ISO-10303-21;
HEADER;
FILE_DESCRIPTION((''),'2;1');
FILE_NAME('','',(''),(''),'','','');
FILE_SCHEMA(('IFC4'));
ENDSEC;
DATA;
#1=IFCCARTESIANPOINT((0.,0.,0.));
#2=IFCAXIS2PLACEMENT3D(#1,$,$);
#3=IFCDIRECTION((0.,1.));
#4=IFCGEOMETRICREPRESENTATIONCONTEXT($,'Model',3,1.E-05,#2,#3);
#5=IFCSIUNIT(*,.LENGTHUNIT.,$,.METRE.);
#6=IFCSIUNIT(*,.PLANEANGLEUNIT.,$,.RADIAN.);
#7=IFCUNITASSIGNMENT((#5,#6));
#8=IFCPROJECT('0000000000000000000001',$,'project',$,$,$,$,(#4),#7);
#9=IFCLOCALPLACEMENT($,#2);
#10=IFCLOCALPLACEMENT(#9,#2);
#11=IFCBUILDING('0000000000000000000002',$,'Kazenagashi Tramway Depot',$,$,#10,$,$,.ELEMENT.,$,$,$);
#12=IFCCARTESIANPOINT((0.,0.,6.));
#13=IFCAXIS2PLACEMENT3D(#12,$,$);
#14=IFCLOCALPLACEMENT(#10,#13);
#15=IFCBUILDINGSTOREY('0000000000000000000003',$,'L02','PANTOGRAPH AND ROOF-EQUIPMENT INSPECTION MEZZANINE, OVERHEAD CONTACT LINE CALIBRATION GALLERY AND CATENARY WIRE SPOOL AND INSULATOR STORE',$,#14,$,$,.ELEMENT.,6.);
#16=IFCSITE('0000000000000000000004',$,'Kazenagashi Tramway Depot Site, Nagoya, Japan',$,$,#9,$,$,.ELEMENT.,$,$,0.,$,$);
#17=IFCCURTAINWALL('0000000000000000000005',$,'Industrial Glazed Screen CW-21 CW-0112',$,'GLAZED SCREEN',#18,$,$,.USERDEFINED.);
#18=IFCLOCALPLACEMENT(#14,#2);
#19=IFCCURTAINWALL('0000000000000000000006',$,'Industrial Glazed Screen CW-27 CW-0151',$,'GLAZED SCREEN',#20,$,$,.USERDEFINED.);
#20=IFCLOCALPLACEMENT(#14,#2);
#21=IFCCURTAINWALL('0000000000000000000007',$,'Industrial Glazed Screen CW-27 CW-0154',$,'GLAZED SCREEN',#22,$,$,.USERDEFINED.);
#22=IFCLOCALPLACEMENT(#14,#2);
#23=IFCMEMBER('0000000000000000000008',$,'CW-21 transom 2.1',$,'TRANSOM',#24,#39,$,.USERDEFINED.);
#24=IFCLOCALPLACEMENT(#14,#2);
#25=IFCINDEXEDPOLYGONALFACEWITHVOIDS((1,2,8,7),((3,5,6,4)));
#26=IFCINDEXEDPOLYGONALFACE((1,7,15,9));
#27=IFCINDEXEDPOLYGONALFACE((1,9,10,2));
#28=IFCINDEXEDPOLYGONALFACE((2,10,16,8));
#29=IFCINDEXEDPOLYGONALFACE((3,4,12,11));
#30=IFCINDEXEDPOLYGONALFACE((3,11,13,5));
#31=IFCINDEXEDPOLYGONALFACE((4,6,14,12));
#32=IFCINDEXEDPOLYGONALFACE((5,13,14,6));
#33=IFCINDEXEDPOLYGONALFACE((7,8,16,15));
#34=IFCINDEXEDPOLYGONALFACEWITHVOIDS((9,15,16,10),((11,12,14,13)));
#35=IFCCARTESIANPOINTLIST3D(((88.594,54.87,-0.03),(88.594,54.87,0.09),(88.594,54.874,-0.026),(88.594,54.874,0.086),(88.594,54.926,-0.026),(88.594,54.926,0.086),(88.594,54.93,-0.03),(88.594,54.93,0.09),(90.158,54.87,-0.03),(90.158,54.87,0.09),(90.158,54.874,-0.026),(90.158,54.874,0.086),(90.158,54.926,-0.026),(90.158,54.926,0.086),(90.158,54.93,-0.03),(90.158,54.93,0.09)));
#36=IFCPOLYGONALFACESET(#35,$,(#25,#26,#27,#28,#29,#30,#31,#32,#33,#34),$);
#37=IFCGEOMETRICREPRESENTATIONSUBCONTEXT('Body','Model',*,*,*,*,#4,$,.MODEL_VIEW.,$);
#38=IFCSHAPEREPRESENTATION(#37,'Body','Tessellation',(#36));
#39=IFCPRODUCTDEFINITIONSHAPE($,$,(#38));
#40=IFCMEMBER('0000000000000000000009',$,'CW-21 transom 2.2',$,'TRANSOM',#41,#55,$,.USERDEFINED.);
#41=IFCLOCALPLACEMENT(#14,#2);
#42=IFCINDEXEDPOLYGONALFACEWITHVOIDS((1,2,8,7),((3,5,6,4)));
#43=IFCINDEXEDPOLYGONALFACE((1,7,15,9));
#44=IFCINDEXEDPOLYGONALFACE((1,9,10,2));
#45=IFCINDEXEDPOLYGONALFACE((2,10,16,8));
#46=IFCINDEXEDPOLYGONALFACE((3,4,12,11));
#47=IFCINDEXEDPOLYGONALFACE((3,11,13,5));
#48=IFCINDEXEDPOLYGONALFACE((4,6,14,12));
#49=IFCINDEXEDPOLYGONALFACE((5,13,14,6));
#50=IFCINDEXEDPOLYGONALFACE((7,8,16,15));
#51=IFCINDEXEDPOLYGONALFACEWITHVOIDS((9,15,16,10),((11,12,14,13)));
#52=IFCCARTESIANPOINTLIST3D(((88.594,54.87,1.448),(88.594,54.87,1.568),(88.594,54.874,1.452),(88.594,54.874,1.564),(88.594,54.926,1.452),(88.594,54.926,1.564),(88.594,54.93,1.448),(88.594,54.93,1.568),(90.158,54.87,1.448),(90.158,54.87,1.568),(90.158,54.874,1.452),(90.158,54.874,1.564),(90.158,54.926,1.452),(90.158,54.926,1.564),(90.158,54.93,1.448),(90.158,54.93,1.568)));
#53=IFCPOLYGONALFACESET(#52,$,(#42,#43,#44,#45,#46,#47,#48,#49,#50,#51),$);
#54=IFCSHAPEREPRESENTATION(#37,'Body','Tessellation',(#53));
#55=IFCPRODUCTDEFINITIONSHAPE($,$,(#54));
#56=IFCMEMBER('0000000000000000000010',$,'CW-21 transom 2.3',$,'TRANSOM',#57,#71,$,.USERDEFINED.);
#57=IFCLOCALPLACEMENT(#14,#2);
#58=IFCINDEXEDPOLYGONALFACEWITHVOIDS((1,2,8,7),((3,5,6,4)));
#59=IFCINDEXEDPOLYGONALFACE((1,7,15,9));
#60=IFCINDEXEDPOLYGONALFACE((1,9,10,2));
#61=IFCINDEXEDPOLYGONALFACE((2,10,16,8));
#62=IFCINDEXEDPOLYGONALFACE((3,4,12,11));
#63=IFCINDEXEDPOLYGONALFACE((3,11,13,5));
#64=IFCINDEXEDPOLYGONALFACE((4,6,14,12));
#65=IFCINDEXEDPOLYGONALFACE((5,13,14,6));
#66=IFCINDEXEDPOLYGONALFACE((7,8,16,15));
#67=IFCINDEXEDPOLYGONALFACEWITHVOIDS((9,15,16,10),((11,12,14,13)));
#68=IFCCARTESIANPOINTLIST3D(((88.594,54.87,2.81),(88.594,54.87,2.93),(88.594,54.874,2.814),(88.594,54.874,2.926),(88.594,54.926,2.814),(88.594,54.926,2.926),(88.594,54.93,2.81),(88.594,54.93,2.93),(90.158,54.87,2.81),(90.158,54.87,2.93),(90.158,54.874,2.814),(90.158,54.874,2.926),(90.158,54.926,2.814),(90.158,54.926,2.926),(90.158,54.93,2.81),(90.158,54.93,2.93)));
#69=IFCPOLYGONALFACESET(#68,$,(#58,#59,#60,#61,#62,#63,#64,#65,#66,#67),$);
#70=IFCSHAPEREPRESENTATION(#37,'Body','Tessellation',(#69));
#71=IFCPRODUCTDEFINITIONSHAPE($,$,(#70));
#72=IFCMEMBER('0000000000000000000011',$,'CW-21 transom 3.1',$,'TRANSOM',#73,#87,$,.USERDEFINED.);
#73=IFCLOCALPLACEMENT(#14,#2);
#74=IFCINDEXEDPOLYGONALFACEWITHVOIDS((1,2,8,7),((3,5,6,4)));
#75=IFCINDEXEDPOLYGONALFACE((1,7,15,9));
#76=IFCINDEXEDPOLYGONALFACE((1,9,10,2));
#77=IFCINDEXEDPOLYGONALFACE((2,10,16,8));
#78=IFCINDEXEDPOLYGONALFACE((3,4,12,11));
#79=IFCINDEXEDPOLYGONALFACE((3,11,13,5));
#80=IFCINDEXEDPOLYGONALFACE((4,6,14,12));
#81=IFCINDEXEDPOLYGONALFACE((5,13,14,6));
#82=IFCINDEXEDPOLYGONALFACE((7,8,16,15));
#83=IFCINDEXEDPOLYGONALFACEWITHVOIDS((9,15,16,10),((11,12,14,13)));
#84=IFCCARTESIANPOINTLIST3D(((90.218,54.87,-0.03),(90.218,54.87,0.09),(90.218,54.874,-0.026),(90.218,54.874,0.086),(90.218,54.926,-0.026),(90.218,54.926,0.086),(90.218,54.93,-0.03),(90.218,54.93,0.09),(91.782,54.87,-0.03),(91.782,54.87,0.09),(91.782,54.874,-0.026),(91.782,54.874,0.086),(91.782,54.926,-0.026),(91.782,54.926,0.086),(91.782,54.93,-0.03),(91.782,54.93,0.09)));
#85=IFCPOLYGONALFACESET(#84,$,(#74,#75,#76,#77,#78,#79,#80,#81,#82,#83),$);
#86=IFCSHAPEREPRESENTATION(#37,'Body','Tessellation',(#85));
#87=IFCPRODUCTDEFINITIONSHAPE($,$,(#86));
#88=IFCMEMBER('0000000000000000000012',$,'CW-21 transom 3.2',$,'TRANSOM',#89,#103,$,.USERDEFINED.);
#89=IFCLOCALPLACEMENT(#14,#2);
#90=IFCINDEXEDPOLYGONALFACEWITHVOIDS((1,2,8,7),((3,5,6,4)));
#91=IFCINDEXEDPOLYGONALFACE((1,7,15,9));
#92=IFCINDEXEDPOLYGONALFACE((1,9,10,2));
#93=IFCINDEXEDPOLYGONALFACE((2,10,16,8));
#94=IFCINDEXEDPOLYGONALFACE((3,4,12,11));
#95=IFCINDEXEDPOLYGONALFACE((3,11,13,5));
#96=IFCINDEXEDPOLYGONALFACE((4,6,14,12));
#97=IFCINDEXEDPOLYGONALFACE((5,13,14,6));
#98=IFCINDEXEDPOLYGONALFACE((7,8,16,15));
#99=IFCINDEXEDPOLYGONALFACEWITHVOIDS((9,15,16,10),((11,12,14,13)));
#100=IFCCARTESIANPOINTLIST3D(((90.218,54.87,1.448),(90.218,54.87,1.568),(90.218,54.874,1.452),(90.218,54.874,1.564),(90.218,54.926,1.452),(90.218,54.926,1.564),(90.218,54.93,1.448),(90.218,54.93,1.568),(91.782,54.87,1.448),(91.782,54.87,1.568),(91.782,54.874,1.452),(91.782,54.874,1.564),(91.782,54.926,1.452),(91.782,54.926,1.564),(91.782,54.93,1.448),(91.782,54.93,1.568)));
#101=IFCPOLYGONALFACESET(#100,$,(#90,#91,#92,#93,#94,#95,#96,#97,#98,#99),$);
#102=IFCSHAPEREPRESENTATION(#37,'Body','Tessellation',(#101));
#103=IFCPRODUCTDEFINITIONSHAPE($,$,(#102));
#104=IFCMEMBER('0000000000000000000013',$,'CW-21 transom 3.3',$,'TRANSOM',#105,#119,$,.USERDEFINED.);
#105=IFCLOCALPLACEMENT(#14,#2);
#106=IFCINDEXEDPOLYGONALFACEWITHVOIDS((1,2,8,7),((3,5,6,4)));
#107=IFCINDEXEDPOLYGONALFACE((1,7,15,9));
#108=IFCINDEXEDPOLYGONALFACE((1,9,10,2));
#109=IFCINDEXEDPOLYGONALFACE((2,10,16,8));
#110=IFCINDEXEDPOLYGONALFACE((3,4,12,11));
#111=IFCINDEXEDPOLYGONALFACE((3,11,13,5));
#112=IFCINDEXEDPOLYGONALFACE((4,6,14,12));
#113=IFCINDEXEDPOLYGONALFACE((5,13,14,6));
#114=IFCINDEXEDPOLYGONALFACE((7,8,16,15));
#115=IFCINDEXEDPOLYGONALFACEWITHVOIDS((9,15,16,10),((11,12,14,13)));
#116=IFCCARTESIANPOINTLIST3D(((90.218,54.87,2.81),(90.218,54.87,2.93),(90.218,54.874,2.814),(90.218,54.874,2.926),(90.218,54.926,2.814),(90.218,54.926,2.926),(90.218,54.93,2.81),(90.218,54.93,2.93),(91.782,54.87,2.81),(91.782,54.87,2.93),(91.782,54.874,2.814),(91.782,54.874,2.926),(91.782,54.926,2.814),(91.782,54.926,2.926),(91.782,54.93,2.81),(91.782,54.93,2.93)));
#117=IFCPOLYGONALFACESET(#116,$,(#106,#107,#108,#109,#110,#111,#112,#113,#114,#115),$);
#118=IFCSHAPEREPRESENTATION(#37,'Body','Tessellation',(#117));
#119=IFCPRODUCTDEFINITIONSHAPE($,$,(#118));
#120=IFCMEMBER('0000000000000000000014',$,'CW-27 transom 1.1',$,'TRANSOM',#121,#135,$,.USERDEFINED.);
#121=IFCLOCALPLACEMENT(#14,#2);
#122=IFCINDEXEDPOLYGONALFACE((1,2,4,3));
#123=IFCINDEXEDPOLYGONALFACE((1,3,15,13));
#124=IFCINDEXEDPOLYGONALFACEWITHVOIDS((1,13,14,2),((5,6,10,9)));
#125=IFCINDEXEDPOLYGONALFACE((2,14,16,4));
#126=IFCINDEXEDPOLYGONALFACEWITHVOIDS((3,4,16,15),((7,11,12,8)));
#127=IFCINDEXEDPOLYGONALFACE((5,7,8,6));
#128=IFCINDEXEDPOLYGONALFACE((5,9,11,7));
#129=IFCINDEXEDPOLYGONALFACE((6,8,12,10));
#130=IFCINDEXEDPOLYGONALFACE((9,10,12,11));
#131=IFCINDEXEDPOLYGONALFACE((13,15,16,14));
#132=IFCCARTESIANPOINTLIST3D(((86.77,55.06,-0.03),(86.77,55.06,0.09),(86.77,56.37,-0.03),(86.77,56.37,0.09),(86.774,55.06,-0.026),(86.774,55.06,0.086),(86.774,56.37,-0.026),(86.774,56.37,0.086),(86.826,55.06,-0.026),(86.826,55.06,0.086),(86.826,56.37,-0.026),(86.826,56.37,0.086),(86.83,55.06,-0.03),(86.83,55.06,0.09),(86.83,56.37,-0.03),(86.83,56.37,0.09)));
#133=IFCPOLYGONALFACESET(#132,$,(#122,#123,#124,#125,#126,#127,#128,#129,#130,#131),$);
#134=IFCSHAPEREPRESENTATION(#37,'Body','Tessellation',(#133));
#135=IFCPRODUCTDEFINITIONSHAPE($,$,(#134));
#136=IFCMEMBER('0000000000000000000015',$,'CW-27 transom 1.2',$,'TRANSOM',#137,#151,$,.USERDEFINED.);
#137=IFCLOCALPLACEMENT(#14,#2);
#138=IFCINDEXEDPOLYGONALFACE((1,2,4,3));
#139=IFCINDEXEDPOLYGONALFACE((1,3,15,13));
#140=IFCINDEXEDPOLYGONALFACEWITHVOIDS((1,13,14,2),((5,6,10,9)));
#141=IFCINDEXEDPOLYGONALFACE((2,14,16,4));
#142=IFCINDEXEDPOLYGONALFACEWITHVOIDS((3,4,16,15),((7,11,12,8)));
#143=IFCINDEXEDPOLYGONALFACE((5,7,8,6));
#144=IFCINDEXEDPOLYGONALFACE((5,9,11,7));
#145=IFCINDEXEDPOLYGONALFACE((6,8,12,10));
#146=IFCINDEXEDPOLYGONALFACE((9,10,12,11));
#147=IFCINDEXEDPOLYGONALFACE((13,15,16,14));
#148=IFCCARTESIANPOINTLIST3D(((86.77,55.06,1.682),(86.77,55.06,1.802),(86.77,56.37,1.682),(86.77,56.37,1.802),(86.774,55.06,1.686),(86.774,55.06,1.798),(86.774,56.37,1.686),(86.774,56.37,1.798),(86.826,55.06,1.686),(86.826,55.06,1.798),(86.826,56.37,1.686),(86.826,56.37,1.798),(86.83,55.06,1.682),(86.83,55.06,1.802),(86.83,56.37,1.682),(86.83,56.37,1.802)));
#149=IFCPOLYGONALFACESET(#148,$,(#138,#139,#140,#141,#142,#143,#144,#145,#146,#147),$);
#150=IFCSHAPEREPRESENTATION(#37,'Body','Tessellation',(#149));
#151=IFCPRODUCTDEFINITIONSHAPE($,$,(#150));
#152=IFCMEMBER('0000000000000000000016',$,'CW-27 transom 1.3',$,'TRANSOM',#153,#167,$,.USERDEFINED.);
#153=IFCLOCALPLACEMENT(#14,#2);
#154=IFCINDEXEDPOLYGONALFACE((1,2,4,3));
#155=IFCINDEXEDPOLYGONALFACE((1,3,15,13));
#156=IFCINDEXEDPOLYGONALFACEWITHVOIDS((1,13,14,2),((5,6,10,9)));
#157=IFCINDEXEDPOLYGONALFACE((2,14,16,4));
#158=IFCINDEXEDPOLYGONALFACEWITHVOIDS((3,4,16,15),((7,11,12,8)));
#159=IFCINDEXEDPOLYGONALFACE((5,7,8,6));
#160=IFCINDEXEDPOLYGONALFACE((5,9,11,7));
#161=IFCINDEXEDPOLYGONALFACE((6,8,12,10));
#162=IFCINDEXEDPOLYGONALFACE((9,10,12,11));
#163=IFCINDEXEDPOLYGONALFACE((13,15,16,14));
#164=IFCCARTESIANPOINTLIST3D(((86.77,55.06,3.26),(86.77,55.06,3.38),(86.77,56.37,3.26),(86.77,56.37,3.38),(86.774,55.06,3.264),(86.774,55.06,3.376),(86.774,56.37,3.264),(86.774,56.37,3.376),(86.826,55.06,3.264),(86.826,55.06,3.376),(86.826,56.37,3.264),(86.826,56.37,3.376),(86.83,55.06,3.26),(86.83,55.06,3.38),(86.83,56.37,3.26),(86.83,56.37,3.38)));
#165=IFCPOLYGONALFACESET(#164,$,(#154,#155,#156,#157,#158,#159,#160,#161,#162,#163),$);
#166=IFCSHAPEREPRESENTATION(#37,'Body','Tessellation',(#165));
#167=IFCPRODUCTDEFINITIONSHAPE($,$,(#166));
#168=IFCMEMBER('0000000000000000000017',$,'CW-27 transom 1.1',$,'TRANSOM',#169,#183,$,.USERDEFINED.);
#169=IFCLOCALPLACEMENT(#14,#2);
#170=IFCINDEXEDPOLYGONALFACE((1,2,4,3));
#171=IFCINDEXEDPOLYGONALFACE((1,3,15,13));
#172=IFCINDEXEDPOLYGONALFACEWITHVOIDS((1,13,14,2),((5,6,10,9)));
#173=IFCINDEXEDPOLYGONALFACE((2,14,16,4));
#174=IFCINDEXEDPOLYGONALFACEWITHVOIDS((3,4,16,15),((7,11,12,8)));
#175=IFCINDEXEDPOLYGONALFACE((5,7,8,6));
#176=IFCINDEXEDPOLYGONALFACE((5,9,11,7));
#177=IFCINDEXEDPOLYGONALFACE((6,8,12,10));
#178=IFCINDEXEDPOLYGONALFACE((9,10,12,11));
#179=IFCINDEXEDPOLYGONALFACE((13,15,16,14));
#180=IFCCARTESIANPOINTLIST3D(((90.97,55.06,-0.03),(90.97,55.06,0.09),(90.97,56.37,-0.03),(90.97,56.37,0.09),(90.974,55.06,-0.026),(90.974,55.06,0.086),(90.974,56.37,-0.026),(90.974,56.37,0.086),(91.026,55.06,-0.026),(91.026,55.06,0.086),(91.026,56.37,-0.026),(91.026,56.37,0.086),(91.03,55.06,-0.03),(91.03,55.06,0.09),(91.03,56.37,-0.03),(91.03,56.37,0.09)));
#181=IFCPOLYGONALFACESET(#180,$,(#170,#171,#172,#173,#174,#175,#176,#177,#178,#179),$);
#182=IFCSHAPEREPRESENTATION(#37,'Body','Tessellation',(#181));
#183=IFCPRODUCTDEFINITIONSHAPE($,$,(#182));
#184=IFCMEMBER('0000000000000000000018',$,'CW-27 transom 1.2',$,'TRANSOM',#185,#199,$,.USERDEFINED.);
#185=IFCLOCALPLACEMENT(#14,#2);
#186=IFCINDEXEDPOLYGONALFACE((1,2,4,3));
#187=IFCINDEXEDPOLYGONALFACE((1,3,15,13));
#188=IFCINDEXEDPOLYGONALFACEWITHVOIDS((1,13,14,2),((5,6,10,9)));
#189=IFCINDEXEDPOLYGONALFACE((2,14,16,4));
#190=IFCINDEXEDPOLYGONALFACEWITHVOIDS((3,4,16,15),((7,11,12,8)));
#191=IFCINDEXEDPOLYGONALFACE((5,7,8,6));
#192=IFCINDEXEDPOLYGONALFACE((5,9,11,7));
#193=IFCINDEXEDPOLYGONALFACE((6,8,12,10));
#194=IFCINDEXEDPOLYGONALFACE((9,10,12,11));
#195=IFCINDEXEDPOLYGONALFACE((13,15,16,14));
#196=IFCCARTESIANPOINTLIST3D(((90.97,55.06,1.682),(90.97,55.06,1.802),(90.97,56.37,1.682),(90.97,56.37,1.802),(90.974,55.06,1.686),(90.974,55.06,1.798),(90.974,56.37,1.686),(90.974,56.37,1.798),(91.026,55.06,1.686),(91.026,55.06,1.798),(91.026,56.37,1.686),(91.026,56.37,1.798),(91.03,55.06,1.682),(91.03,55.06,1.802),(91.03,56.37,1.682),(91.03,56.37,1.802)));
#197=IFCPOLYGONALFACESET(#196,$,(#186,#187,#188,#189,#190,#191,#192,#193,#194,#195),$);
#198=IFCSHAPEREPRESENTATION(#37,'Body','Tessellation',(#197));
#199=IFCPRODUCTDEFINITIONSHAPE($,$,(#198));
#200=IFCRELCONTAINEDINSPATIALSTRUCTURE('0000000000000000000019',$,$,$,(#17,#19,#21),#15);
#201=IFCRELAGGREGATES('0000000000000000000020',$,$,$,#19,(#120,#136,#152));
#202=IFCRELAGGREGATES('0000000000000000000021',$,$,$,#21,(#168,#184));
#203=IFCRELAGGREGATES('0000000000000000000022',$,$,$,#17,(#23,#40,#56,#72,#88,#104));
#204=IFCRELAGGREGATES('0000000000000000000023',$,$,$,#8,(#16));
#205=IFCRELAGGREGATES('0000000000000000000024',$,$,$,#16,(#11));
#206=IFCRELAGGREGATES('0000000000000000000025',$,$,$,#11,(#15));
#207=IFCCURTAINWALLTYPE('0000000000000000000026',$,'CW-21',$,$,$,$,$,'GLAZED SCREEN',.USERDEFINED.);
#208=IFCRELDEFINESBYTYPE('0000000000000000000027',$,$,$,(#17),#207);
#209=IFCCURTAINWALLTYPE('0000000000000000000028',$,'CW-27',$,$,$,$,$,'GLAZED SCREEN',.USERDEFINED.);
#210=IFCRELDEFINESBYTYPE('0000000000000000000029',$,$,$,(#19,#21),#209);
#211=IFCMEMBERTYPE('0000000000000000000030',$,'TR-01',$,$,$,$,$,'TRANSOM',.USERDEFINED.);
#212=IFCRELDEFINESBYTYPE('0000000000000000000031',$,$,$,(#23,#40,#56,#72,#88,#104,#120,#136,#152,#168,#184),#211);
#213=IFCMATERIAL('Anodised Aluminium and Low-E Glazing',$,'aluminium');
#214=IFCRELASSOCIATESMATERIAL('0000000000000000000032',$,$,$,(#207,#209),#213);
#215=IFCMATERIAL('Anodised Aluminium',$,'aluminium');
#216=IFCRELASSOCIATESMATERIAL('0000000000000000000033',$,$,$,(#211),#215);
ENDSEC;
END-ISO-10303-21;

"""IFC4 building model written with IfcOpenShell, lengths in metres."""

from ifc_helpers import new_model, si_unit, direction, frame, origin, origin_2d, place, context, subcontext, project, spatial, hollow_rectangle, extrude, material, material_profile, profile_set, type_object, element, aggregate, save


model = new_model("IFC4")

# Units and contexts
model_context = context("Model", 3, precision=1e-05, world=origin(), true_north=direction((0.0, 1.0)))
body_context = subcontext(model_context, "Body", "Model", "MODEL_VIEW")
ifc_project = project(units=[si_unit("LENGTHUNIT", "METRE"), si_unit("PLANEANGLEUNIT", "RADIAN")], contexts=[model_context])

# Site, building, storey
site_placement = place(None, origin())
site = spatial("IfcSite", under=ifc_project, at=site_placement, Name="Kazenagashi Tramway Depot Site, Nagoya, Japan", CompositionType="ELEMENT", RefElevation=0.0)
building_placement = place(site_placement, origin())
building = spatial("IfcBuilding", under=site, at=building_placement, Name="Kazenagashi Tramway Depot", CompositionType="ELEMENT")
storey_placement = place(building_placement, frame((0.0, 0.0, 6.0)))
storey = spatial("IfcBuildingStorey", under=building, at=storey_placement, Name="L02", Description="PANTOGRAPH AND ROOF-EQUIPMENT INSPECTION MEZZANINE, OVERHEAD CONTACT LINE CALIBRATION GALLERY AND CATENARY WIRE SPOOL AND INSULATOR STORE", CompositionType="ELEMENT", Elevation=6.0)

# Curtain wall
ifc_material_1 = material(Name="Anodised Aluminium and Low-E Glazing", Category="aluminium")
curtain_wall_type_1 = type_object("IfcCurtainWallType", Name="CW-21", ElementType="GLAZED SCREEN", PredefinedType="USERDEFINED", material=ifc_material_1)
curtain_wall_1_placement = place(storey_placement, origin())
curtain_wall_1 = element("IfcCurtainWall", 1, at=curtain_wall_1_placement, inside=storey, type_object=curtain_wall_type_1, Name="Industrial Glazed Screen CW-21 CW-0112", ObjectType="GLAZED SCREEN", PredefinedType="USERDEFINED")
ifc_material_2 = material(Name="Anodised Aluminium", Category="aluminium")

# Curtain walls
curtain_wall_type_2 = type_object("IfcCurtainWallType", Name="CW-27", ElementType="GLAZED SCREEN", PredefinedType="USERDEFINED", material=ifc_material_1)
curtain_wall_2_placement = place(storey_placement, origin())
curtain_wall_2 = element("IfcCurtainWall", 2, at=curtain_wall_2_placement, inside=storey, type_object=curtain_wall_type_2, Name="Industrial Glazed Screen CW-27 CW-0151", ObjectType="GLAZED SCREEN", PredefinedType="USERDEFINED")
curtain_wall_3_placement = place(storey_placement, origin())
curtain_wall_3 = element("IfcCurtainWall", 3, at=curtain_wall_3_placement, inside=storey, type_object=curtain_wall_type_2, Name="Industrial Glazed Screen CW-27 CW-0154", ObjectType="GLAZED SCREEN", PredefinedType="USERDEFINED")

# Members
ifc_material_profile_1 = material_profile(ifc_material_2, hollow_rectangle(XDim=0.06, YDim=0.12, WallThickness=0.004, at=origin_2d()), Name="RHS-120x60x4")
ifc_profile_set_1 = profile_set([ifc_material_profile_1], Name="Anodised Aluminium")
member_type_1 = type_object("IfcMemberType", Name="TR-01", ElementType="TRANSOM", PredefinedType="USERDEFINED", material=ifc_profile_set_1)
member_1_placement = place(storey_placement, frame((88.594, 54.9, 0.03), z_axis=(1.0, 0.0, 0.0), x_axis=(0.0, 1.0, 0.0)))
member_1 = element("IfcMember", 4, at=member_1_placement, type_object=member_type_1, Name="CW-21 transom 2.1", ObjectType="TRANSOM", PredefinedType="USERDEFINED", context=body_context, shape_type="SweptSolid", body=[
    extrude(hollow_rectangle(XDim=0.06, YDim=0.12, WallThickness=0.004, at=origin_2d()), origin(), (0.0, 0.0, 1.0), 1.564),
])
member_2_placement = place(storey_placement, frame((88.594, 54.9, 1.508), z_axis=(1.0, 0.0, 0.0), x_axis=(0.0, 1.0, 0.0)))
member_2 = element("IfcMember", 5, at=member_2_placement, type_object=member_type_1, Name="CW-21 transom 2.2", ObjectType="TRANSOM", PredefinedType="USERDEFINED", context=body_context, shape_type="SweptSolid", body=[
    extrude(hollow_rectangle(XDim=0.06, YDim=0.12, WallThickness=0.004, at=origin_2d()), origin(), (0.0, 0.0, 1.0), 1.564),
])
member_3_placement = place(storey_placement, frame((88.594, 54.9, 2.87), z_axis=(1.0, 0.0, 0.0), x_axis=(0.0, 1.0, 0.0)))
member_3 = element("IfcMember", 6, at=member_3_placement, type_object=member_type_1, Name="CW-21 transom 2.3", ObjectType="TRANSOM", PredefinedType="USERDEFINED", context=body_context, shape_type="SweptSolid", body=[
    extrude(hollow_rectangle(XDim=0.06, YDim=0.12, WallThickness=0.004, at=origin_2d()), origin(), (0.0, 0.0, 1.0), 1.564),
])
member_4_placement = place(storey_placement, frame((90.218, 54.9, 0.03), z_axis=(1.0, 0.0, 0.0), x_axis=(0.0, 1.0, 0.0)))
member_4 = element("IfcMember", 7, at=member_4_placement, type_object=member_type_1, Name="CW-21 transom 3.1", ObjectType="TRANSOM", PredefinedType="USERDEFINED", context=body_context, shape_type="SweptSolid", body=[
    extrude(hollow_rectangle(XDim=0.06, YDim=0.12, WallThickness=0.004, at=origin_2d()), origin(), (0.0, 0.0, 1.0), 1.564),
])
member_5_placement = place(storey_placement, frame((90.218, 54.9, 1.508), z_axis=(1.0, 0.0, 0.0), x_axis=(0.0, 1.0, 0.0)))
member_5 = element("IfcMember", 8, at=member_5_placement, type_object=member_type_1, Name="CW-21 transom 3.2", ObjectType="TRANSOM", PredefinedType="USERDEFINED", context=body_context, shape_type="SweptSolid", body=[
    extrude(hollow_rectangle(XDim=0.06, YDim=0.12, WallThickness=0.004, at=origin_2d()), origin(), (0.0, 0.0, 1.0), 1.564),
])
member_6_placement = place(storey_placement, frame((90.218, 54.9, 2.87), z_axis=(1.0, 0.0, 0.0), x_axis=(0.0, 1.0, 0.0)))
member_6 = element("IfcMember", 9, at=member_6_placement, type_object=member_type_1, Name="CW-21 transom 3.3", ObjectType="TRANSOM", PredefinedType="USERDEFINED", context=body_context, shape_type="SweptSolid", body=[
    extrude(hollow_rectangle(XDim=0.06, YDim=0.12, WallThickness=0.004, at=origin_2d()), origin(), (0.0, 0.0, 1.0), 1.564),
])
member_7_placement = place(storey_placement, frame((86.8, 55.06, 0.03), z_axis=(0.0, 1.0, 0.0), x_axis=(-1.0, 0.0, 0.0)))
member_7 = element("IfcMember", 10, at=member_7_placement, type_object=member_type_1, Name="CW-27 transom 1.1", ObjectType="TRANSOM", PredefinedType="USERDEFINED", context=body_context, shape_type="SweptSolid", body=[
    extrude(hollow_rectangle(XDim=0.06, YDim=0.12, WallThickness=0.004, at=origin_2d()), origin(), (0.0, 0.0, 1.0), 1.31),
])
member_8_placement = place(storey_placement, frame((86.8, 55.06, 1.742), z_axis=(0.0, 1.0, 0.0), x_axis=(-1.0, 0.0, 0.0)))
member_8 = element("IfcMember", 11, at=member_8_placement, type_object=member_type_1, Name="CW-27 transom 1.2", ObjectType="TRANSOM", PredefinedType="USERDEFINED", context=body_context, shape_type="SweptSolid", body=[
    extrude(hollow_rectangle(XDim=0.06, YDim=0.12, WallThickness=0.004, at=origin_2d()), origin(), (0.0, 0.0, 1.0), 1.31),
])
member_9_placement = place(storey_placement, frame((86.8, 55.06, 3.32), z_axis=(0.0, 1.0, 0.0), x_axis=(-1.0, 0.0, 0.0)))
member_9 = element("IfcMember", 12, at=member_9_placement, type_object=member_type_1, Name="CW-27 transom 1.3", ObjectType="TRANSOM", PredefinedType="USERDEFINED", context=body_context, shape_type="SweptSolid", body=[
    extrude(hollow_rectangle(XDim=0.06, YDim=0.12, WallThickness=0.004, at=origin_2d()), origin(), (0.0, 0.0, 1.0), 1.31),
])
member_10_placement = place(storey_placement, frame((91.0, 55.06, 0.03), z_axis=(0.0, 1.0, 0.0), x_axis=(-1.0, 0.0, 0.0)))
member_10 = element("IfcMember", 13, at=member_10_placement, type_object=member_type_1, Name="CW-27 transom 1.1", ObjectType="TRANSOM", PredefinedType="USERDEFINED", context=body_context, shape_type="SweptSolid", body=[
    extrude(hollow_rectangle(XDim=0.06, YDim=0.12, WallThickness=0.004, at=origin_2d()), origin(), (0.0, 0.0, 1.0), 1.31),
])
member_11_placement = place(storey_placement, frame((91.0, 55.06, 1.742), z_axis=(0.0, 1.0, 0.0), x_axis=(-1.0, 0.0, 0.0)))
member_11 = element("IfcMember", 14, at=member_11_placement, type_object=member_type_1, Name="CW-27 transom 1.2", ObjectType="TRANSOM", PredefinedType="USERDEFINED", context=body_context, shape_type="SweptSolid", body=[
    extrude(hollow_rectangle(XDim=0.06, YDim=0.12, WallThickness=0.004, at=origin_2d()), origin(), (0.0, 0.0, 1.0), 1.31),
])

aggregate(curtain_wall_2, [member_7, member_8, member_9])
aggregate(curtain_wall_3, [member_10, member_11])
aggregate(curtain_wall_1, [member_1, member_2, member_3, member_4, member_5, member_6])

save(model, "model.ifc")
